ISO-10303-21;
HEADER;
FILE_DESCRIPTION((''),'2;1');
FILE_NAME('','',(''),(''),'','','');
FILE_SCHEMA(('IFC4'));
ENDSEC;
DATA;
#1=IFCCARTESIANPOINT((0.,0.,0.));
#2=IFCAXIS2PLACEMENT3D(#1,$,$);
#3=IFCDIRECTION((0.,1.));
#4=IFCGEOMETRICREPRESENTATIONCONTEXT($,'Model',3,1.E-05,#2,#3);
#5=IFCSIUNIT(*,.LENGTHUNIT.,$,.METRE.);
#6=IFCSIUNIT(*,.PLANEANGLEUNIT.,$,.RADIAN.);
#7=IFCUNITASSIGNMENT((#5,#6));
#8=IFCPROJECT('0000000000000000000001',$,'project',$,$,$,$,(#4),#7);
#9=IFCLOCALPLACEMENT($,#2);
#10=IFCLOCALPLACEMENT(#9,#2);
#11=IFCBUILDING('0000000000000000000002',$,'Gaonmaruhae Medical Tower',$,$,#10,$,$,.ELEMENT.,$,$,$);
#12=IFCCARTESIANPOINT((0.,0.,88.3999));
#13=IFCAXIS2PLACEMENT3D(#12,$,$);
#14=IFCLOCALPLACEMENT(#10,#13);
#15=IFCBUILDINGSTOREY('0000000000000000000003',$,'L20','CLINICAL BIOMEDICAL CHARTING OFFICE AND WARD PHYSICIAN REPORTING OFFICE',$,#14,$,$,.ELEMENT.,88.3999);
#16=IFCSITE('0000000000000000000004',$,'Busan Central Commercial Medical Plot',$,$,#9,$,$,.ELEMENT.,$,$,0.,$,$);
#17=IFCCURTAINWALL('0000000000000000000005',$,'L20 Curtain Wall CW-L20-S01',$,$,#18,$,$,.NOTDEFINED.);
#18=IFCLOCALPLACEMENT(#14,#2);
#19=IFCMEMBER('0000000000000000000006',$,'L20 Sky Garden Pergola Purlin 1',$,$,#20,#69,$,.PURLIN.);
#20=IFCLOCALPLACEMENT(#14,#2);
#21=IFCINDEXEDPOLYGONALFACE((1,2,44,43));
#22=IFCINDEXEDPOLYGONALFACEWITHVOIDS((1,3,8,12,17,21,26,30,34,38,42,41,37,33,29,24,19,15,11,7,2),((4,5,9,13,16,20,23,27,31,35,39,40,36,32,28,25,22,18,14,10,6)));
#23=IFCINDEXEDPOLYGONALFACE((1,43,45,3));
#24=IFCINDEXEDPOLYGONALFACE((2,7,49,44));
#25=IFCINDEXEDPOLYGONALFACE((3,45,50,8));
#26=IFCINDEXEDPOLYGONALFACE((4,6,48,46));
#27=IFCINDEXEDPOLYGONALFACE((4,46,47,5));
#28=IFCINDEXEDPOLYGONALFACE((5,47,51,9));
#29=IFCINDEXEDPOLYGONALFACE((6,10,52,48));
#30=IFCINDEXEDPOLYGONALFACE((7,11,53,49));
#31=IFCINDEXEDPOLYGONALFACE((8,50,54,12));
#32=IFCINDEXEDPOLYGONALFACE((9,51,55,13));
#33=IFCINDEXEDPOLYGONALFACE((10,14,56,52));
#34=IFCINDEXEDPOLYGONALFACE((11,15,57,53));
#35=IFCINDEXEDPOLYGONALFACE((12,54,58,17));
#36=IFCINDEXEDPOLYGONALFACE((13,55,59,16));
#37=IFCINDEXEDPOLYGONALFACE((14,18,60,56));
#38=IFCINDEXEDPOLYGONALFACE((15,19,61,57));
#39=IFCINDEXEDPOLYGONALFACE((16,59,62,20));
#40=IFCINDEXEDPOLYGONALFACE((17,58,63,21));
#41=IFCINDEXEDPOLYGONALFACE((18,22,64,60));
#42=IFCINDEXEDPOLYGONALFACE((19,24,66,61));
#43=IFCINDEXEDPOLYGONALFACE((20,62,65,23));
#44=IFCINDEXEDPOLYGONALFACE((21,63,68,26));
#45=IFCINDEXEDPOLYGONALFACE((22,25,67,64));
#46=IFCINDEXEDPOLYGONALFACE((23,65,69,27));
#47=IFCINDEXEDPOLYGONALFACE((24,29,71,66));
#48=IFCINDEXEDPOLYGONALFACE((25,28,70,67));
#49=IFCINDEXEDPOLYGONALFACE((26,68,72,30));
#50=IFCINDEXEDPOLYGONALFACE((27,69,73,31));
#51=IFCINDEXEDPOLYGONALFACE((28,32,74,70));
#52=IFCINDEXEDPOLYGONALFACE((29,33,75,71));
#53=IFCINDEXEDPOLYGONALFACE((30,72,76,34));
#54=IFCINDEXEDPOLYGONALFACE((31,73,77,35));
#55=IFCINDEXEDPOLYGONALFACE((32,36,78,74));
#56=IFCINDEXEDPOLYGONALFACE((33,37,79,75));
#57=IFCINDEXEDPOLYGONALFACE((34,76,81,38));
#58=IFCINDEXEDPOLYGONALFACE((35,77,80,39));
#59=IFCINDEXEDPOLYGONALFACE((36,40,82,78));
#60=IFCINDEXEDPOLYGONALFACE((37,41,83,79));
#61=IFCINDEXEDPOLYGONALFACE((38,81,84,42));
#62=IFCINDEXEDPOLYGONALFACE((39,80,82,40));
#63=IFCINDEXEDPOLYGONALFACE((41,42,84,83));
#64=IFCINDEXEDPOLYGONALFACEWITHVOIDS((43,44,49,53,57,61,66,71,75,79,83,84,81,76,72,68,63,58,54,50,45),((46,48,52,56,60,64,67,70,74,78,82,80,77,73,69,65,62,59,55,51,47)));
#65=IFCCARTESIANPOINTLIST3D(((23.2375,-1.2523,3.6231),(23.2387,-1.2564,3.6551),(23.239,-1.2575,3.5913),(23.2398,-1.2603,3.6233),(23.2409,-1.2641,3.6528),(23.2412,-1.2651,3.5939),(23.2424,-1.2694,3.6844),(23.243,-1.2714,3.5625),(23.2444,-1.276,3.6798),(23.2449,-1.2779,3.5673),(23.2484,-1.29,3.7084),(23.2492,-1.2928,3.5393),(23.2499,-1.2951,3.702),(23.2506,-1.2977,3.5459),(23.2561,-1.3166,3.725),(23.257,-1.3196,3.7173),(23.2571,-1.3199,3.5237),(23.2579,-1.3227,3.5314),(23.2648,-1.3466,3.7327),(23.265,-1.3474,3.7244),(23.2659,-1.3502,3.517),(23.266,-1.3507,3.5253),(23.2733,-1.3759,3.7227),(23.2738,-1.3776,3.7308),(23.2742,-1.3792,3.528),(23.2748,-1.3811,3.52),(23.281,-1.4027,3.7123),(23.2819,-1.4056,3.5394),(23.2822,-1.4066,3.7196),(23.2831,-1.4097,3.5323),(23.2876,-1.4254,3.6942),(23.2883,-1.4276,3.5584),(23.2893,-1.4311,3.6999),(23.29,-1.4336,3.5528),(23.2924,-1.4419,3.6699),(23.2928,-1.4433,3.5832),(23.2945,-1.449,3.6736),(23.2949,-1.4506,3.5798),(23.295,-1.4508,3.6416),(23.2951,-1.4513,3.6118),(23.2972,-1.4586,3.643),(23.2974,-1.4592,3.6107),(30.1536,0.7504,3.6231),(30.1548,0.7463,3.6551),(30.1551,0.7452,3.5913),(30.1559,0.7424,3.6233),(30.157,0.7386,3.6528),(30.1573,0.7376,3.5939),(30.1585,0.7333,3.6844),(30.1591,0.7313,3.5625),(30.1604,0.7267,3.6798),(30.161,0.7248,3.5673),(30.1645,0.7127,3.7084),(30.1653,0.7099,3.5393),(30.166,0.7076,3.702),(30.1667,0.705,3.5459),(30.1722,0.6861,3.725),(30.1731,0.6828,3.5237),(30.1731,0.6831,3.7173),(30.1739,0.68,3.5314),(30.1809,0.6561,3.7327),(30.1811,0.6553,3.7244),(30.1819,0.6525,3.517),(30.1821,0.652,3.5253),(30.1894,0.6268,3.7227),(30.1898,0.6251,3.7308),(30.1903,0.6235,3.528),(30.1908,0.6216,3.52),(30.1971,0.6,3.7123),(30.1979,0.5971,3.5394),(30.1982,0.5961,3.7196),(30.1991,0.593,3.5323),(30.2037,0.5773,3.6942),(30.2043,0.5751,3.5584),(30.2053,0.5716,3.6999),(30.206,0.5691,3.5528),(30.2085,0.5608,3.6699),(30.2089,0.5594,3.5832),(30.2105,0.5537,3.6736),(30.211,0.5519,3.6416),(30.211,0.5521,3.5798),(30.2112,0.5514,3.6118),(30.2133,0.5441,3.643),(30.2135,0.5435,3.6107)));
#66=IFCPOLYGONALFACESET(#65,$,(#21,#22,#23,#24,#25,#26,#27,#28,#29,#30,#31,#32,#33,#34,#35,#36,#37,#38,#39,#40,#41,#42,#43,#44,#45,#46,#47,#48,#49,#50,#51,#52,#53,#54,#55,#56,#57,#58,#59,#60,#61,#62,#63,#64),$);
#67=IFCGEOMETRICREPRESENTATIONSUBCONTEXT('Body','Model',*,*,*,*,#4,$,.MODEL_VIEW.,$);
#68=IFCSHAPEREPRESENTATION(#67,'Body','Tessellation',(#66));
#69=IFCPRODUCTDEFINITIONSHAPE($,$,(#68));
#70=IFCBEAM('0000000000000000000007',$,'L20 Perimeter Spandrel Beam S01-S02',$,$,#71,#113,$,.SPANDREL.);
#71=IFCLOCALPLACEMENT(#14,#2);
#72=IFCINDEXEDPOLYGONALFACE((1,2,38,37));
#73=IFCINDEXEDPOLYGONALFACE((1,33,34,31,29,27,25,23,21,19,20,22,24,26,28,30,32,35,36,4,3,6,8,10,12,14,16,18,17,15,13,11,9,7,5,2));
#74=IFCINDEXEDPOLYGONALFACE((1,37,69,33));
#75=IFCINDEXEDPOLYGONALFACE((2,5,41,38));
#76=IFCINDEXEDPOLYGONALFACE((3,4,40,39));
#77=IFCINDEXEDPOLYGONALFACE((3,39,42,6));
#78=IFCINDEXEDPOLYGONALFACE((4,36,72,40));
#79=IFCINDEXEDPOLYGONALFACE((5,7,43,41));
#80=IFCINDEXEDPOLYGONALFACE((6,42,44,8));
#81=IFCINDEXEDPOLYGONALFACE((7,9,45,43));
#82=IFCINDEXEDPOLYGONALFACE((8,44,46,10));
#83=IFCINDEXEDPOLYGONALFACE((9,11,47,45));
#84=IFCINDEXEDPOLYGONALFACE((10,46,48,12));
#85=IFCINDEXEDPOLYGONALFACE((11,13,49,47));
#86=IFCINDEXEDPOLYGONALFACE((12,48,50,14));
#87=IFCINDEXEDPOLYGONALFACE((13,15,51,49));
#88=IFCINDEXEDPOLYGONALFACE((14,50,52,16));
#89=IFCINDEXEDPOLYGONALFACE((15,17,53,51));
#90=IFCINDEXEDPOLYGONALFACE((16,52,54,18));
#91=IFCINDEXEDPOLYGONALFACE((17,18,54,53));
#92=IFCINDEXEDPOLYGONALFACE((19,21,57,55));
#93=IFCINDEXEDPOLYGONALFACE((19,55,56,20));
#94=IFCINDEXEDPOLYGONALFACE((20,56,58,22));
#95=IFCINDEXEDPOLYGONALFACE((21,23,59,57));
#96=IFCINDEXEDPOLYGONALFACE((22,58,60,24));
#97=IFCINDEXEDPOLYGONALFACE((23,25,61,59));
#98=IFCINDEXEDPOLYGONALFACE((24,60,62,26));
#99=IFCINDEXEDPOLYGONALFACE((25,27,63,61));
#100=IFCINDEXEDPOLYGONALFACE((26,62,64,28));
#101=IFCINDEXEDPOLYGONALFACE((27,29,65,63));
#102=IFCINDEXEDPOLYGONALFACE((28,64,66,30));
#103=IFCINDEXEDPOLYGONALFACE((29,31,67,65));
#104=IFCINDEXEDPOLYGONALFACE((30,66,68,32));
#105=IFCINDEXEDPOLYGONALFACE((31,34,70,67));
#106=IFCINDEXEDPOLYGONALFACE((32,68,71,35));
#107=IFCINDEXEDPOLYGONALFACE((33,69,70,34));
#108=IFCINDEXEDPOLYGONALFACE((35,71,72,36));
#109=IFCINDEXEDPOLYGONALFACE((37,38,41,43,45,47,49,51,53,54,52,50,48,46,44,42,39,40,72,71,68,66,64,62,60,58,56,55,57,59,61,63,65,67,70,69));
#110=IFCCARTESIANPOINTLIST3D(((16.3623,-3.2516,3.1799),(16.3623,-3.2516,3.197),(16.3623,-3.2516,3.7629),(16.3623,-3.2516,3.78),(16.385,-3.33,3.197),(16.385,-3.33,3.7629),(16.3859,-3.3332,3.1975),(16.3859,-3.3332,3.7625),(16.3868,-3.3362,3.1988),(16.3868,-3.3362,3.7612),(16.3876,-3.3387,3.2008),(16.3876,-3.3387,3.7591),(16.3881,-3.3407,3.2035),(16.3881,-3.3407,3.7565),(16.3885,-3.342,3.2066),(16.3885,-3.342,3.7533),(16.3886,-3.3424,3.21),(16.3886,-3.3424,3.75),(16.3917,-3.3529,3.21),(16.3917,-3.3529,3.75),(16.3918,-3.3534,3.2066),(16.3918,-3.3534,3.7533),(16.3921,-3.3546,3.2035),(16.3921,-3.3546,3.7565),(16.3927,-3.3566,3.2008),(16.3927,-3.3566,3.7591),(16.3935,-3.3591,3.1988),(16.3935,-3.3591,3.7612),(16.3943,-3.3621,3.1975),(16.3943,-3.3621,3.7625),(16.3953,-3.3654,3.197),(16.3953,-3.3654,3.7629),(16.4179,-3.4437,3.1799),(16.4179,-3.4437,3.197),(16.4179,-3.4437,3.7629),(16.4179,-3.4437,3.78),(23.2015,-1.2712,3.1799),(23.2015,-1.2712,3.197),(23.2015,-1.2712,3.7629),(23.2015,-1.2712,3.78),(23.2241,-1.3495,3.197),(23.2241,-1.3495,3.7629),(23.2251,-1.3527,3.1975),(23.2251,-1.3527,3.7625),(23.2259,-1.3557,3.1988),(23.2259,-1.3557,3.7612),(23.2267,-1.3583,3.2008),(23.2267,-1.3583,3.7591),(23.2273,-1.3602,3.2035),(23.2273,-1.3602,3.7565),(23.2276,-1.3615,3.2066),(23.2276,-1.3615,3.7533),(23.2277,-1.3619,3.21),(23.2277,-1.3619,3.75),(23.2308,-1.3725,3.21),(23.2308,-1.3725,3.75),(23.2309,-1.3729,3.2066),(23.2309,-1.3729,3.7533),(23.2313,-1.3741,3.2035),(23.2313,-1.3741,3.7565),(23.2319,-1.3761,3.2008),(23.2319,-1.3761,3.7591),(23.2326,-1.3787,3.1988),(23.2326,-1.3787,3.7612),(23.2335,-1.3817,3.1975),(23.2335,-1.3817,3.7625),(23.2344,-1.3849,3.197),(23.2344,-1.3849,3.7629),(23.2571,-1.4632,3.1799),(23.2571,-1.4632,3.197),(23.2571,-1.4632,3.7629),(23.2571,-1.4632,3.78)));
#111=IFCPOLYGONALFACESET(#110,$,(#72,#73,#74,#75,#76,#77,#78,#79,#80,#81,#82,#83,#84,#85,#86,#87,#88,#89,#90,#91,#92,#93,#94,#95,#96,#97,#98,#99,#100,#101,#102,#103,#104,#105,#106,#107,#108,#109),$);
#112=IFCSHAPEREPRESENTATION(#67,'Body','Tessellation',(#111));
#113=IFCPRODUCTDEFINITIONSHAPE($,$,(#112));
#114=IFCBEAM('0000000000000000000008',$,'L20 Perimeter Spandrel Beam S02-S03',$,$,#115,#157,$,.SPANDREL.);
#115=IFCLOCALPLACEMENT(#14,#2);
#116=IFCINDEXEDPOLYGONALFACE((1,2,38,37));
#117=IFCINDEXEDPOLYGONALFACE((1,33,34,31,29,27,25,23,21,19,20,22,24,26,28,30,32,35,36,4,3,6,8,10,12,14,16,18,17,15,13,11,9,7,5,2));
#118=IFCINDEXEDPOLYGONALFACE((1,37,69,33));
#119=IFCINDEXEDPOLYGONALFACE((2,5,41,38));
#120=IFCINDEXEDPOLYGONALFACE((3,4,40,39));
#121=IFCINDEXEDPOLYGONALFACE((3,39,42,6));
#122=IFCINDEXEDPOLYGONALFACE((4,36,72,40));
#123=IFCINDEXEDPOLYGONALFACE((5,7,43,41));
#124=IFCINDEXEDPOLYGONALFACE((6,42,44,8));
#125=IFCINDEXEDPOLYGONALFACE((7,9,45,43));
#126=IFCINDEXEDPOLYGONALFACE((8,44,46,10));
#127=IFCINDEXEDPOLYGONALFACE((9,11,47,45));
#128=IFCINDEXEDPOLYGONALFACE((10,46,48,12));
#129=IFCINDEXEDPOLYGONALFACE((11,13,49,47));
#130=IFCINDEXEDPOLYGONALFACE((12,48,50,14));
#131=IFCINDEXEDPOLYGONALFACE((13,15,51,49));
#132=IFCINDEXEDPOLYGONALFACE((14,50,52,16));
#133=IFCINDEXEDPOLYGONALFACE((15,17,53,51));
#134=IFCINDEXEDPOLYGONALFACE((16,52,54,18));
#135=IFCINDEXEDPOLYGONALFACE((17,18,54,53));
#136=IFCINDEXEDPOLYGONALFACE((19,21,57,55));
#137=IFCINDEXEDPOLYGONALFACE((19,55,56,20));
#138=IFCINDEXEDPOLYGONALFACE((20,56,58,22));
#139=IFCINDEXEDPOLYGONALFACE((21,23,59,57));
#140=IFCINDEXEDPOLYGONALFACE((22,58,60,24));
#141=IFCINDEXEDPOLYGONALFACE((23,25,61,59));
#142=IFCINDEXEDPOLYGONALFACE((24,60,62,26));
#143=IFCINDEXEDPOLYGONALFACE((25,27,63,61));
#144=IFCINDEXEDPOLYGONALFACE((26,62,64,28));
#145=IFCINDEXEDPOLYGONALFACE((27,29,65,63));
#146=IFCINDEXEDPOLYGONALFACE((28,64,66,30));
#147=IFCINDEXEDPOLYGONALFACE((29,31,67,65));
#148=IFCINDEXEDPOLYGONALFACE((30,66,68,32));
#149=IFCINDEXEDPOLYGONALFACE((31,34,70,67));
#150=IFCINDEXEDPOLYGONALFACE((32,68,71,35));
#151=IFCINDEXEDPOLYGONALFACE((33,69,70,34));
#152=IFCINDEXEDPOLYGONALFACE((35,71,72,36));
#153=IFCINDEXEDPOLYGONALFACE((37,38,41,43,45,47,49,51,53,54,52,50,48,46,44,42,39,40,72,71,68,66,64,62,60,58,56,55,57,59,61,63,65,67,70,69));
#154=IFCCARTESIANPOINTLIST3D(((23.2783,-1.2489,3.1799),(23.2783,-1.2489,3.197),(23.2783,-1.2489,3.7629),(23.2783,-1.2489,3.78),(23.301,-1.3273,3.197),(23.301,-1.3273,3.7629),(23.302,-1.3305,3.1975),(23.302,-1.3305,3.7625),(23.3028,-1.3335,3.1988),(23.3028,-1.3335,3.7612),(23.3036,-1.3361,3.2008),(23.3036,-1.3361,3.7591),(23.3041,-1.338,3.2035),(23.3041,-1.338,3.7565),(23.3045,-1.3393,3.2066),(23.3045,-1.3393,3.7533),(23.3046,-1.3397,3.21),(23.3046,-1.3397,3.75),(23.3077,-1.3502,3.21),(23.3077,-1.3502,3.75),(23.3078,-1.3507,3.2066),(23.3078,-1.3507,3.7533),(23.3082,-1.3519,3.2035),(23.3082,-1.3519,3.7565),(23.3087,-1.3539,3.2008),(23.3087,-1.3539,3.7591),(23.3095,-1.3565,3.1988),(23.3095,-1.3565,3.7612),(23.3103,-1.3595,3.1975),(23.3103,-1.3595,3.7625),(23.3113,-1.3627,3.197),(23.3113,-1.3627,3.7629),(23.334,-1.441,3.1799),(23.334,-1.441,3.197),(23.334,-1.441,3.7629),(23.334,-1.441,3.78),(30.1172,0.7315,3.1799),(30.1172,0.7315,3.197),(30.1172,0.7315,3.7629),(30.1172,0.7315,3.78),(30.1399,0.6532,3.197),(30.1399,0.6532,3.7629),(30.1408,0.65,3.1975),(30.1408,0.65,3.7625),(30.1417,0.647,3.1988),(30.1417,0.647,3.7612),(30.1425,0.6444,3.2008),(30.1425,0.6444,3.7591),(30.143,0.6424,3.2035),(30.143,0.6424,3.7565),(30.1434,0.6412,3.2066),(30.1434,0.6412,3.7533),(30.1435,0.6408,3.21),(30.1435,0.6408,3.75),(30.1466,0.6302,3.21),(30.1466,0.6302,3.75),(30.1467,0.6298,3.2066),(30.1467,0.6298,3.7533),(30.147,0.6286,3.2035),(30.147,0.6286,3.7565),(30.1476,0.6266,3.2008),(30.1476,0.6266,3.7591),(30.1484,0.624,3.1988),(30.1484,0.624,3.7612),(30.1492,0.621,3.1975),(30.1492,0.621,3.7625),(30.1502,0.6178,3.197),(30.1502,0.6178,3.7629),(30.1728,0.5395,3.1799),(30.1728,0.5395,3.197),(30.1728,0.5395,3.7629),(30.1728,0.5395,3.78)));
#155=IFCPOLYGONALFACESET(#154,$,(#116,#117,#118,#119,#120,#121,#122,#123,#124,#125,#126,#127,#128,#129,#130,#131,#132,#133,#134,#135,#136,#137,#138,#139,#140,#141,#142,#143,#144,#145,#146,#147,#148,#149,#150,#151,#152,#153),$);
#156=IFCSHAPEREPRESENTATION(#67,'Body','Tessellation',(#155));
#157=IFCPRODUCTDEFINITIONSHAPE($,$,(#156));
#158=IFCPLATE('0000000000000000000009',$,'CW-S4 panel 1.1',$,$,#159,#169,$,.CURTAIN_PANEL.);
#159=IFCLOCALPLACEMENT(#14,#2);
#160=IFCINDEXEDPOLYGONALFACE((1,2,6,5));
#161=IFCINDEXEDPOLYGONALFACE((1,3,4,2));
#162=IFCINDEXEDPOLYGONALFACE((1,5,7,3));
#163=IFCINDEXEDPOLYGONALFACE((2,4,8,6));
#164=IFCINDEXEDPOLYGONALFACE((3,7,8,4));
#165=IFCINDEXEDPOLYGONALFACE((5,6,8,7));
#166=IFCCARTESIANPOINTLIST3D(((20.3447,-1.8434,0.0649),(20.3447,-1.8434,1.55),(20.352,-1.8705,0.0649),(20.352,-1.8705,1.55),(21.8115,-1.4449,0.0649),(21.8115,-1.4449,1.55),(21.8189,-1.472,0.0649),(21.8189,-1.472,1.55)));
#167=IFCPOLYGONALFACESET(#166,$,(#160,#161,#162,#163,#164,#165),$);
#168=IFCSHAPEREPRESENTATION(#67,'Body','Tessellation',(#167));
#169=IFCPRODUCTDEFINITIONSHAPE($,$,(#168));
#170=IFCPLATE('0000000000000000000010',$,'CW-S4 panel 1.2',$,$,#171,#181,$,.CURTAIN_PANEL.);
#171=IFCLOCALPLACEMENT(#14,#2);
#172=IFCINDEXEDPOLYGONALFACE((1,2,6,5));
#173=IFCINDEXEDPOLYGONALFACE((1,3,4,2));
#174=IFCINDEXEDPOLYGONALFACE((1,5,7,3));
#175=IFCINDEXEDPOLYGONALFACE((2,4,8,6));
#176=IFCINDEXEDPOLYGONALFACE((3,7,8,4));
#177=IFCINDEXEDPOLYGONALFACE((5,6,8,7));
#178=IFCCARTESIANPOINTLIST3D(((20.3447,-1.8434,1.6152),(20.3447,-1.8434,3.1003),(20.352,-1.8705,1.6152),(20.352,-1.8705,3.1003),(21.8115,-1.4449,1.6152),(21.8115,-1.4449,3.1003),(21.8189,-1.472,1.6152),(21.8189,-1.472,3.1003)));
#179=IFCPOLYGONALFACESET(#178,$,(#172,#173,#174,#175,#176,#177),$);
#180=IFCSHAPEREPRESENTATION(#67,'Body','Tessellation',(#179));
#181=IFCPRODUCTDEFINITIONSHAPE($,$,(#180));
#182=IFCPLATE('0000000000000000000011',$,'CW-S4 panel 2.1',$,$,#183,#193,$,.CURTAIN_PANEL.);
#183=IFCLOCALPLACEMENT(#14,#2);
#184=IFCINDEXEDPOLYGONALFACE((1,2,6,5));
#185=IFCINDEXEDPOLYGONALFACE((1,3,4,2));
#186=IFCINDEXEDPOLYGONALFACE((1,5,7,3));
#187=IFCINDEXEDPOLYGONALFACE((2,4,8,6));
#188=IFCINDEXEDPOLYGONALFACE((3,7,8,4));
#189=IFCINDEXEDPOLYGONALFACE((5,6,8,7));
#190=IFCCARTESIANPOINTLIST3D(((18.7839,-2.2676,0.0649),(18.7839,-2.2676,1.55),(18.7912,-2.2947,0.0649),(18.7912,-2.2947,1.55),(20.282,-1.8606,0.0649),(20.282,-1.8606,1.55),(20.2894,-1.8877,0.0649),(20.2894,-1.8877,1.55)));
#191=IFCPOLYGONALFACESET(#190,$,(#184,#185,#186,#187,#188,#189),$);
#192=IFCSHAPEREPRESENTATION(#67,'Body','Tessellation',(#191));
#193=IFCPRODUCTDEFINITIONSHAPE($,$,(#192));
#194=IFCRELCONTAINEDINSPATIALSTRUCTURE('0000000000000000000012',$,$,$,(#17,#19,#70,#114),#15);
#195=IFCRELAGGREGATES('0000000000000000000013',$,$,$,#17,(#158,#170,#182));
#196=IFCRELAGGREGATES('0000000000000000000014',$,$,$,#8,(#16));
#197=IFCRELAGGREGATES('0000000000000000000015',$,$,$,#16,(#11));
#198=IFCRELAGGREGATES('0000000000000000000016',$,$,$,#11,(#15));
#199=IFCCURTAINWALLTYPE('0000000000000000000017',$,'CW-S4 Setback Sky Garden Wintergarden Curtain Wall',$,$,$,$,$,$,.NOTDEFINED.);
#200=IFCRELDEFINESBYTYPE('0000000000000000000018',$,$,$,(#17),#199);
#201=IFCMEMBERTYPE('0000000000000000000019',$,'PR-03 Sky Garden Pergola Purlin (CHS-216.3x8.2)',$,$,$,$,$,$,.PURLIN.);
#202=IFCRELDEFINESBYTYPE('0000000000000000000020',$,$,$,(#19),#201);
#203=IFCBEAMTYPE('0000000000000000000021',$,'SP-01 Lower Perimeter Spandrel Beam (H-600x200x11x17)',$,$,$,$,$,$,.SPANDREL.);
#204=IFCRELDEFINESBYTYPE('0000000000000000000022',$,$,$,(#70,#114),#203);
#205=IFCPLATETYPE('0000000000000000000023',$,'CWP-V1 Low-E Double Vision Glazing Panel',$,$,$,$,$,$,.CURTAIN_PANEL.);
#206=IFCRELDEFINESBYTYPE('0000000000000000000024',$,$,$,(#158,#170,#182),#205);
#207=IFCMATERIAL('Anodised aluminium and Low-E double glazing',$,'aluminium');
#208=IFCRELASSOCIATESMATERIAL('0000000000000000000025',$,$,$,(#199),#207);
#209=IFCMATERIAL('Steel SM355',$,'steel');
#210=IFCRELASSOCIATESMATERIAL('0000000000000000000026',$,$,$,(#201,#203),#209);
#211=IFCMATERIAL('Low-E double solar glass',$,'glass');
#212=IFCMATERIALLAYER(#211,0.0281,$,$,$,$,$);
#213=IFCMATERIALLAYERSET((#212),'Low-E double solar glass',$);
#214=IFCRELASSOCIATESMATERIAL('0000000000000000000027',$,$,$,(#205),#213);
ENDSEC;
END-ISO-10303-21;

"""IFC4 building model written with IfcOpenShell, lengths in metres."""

from ifc_helpers import new_model, si_unit, direction, frame, origin, origin_2d, place, context, subcontext, project, spatial, rectangle, hollow_circle, i_section, extrude, material, layer, layer_set, material_profile, profile_set, type_object, element, aggregate, save


model = new_model("IFC4")

# Units and contexts
model_context = context("Model", 3, precision=1e-05, world=origin(), true_north=direction((0.0, 1.0)))
body_context = subcontext(model_context, "Body", "Model", "MODEL_VIEW")
ifc_project = project(units=[si_unit("LENGTHUNIT", "METRE"), si_unit("PLANEANGLEUNIT", "RADIAN")], contexts=[model_context])

# Site, building, storey
site_placement = place(None, origin())
site = spatial("IfcSite", under=ifc_project, at=site_placement, Name="Busan Central Commercial Medical Plot", CompositionType="ELEMENT", RefElevation=0.0)
building_placement = place(site_placement, origin())
building = spatial("IfcBuilding", under=site, at=building_placement, Name="Gaonmaruhae Medical Tower", CompositionType="ELEMENT")
storey_placement = place(building_placement, frame((0.0, 0.0, 88.3999)))
storey = spatial("IfcBuildingStorey", under=building, at=storey_placement, Name="L20", Description="CLINICAL BIOMEDICAL CHARTING OFFICE AND WARD PHYSICIAN REPORTING OFFICE", CompositionType="ELEMENT", Elevation=88.3999)

# Curtain wall
ifc_material_1 = material(Name="Anodised aluminium and Low-E double glazing", Category="aluminium")
curtain_wall_type = type_object("IfcCurtainWallType", Name="CW-S4 Setback Sky Garden Wintergarden Curtain Wall", PredefinedType="NOTDEFINED", material=ifc_material_1)
curtain_wall_placement = place(storey_placement, origin())
curtain_wall = element("IfcCurtainWall", 1, at=curtain_wall_placement, inside=storey, type_object=curtain_wall_type, Name="L20 Curtain Wall CW-L20-S01", PredefinedType="NOTDEFINED")

# Member
ifc_material_2 = material(Name="Steel SM355", Category="steel")
ifc_material_profile_1 = material_profile(ifc_material_2, hollow_circle(Radius=0.1082, WallThickness=0.0083, at=origin_2d()), Name="CHS-216.3x8.2")
ifc_profile_set_1 = profile_set([ifc_material_profile_1], Name="Steel SM355")
member_type_1 = type_object("IfcMemberType", Name="PR-03 Sky Garden Pergola Purlin (CHS-216.3x8.2)", PredefinedType="PURLIN", material=ifc_profile_set_1)
member_1_placement = place(storey_placement, frame((23.2676, -1.3562, 3.625), z_axis=(0.960539, 0.278145, 0.0), x_axis=(-0.267169, 0.922633, 0.278153)))
element("IfcMember", 2, at=member_1_placement, inside=storey, type_object=member_type_1, Name="L20 Sky Garden Pergola Purlin 1", PredefinedType="PURLIN", context=body_context, shape_type="SweptSolid", body=[
    extrude(hollow_circle(Radius=0.1082, WallThickness=0.0083, at=origin_2d()), origin(), (0.0, 0.0, 1.0), 7.2002),
])

# Beams
ifc_material_profile_2 = material_profile(ifc_material_2, i_section(OverallWidth=0.2, OverallDepth=0.6001, WebThickness=0.011, FlangeThickness=0.0171, FilletRadius=0.0129, at=origin_2d()), Name="H-600x200x11x17")
ifc_profile_set_2 = profile_set([ifc_material_profile_2], Name="Steel SM355")
beam_type = type_object("IfcBeamType", Name="SP-01 Lower Perimeter Spandrel Beam (H-600x200x11x17)", PredefinedType="SPANDREL", material=ifc_profile_set_2)
beam_1_placement = place(storey_placement, frame((16.3901, -3.3477, 3.48), z_axis=(0.960537, 0.278152, 0.0), x_axis=(-0.278152, 0.960537, 0.0)))
element("IfcBeam", 3, at=beam_1_placement, inside=storey, type_object=beam_type, Name="L20 Perimeter Spandrel Beam S01-S02", PredefinedType="SPANDREL", context=body_context, shape_type="SweptSolid", body=[
    extrude(i_section(OverallWidth=0.2, OverallDepth=0.6001, WebThickness=0.011, FlangeThickness=0.0171, FilletRadius=0.0129, at=origin_2d()), origin(), (0.0, 0.0, 1.0), 7.1201),
])
beam_2_placement = place(storey_placement, frame((23.3062, -1.345, 3.48), z_axis=(0.960534, 0.278161, 0.0), x_axis=(-0.278161, 0.960534, 0.0)))
element("IfcBeam", 4, at=beam_2_placement, inside=storey, type_object=beam_type, Name="L20 Perimeter Spandrel Beam S02-S03", PredefinedType="SPANDREL", context=body_context, shape_type="SweptSolid", body=[
    extrude(i_section(OverallWidth=0.2, OverallDepth=0.6001, WebThickness=0.011, FlangeThickness=0.0171, FilletRadius=0.0129, at=origin_2d()), origin(), (0.0, 0.0, 1.0), 7.1199),
])

# Plates
ifc_material_3 = material(Name="Low-E double solar glass", Category="glass")
ifc_layer_1 = layer(ifc_material_3, 0.0281)
ifc_layer_set_1 = layer_set([ifc_layer_1], Name="Low-E double solar glass")
plate_type_1 = type_object("IfcPlateType", Name="CWP-V1 Low-E Double Vision Glazing Panel", PredefinedType="CURTAIN_PANEL", material=ifc_layer_set_1)
plate_1_placement = place(storey_placement, frame((21.0818, -1.6577, 0.0649), z_axis=(0.0, 0.0, 1.0), x_axis=(-0.965017, -0.262186, 0.0)))
plate_1 = element("IfcPlate", 5, at=plate_1_placement, type_object=plate_type_1, Name="CW-S4 panel 1.1", PredefinedType="CURTAIN_PANEL", context=body_context, shape_type="SweptSolid", body=[
    extrude(rectangle(XDim=1.52, YDim=0.0281, at=origin_2d()), origin(), (0.0, 0.0, 1.0), 1.4851),
])
plate_2_placement = place(storey_placement, frame((21.0818, -1.6577, 1.6152), z_axis=(0.0, 0.0, 1.0), x_axis=(-0.965017, -0.262186, 0.0)))
plate_2 = element("IfcPlate", 6, at=plate_2_placement, type_object=plate_type_1, Name="CW-S4 panel 1.2", PredefinedType="CURTAIN_PANEL", context=body_context, shape_type="SweptSolid", body=[
    extrude(rectangle(XDim=1.52, YDim=0.0281, at=origin_2d()), origin(), (0.0, 0.0, 1.0), 1.4851),
])
plate_3_placement = place(storey_placement, frame((19.5366, -2.0776, 0.0649), z_axis=(0.0, 0.0, 1.0), x_axis=(-0.965017, -0.262186, 0.0)))
plate_3 = element("IfcPlate", 7, at=plate_3_placement, type_object=plate_type_1, Name="CW-S4 panel 2.1", PredefinedType="CURTAIN_PANEL", context=body_context, shape_type="SweptSolid", body=[
    extrude(rectangle(XDim=1.5525, YDim=0.0281, at=origin_2d()), origin(), (0.0, 0.0, 1.0), 1.4851),
])
aggregate(curtain_wall, [plate_1, plate_2, plate_3])

save(model, "model.ifc")
